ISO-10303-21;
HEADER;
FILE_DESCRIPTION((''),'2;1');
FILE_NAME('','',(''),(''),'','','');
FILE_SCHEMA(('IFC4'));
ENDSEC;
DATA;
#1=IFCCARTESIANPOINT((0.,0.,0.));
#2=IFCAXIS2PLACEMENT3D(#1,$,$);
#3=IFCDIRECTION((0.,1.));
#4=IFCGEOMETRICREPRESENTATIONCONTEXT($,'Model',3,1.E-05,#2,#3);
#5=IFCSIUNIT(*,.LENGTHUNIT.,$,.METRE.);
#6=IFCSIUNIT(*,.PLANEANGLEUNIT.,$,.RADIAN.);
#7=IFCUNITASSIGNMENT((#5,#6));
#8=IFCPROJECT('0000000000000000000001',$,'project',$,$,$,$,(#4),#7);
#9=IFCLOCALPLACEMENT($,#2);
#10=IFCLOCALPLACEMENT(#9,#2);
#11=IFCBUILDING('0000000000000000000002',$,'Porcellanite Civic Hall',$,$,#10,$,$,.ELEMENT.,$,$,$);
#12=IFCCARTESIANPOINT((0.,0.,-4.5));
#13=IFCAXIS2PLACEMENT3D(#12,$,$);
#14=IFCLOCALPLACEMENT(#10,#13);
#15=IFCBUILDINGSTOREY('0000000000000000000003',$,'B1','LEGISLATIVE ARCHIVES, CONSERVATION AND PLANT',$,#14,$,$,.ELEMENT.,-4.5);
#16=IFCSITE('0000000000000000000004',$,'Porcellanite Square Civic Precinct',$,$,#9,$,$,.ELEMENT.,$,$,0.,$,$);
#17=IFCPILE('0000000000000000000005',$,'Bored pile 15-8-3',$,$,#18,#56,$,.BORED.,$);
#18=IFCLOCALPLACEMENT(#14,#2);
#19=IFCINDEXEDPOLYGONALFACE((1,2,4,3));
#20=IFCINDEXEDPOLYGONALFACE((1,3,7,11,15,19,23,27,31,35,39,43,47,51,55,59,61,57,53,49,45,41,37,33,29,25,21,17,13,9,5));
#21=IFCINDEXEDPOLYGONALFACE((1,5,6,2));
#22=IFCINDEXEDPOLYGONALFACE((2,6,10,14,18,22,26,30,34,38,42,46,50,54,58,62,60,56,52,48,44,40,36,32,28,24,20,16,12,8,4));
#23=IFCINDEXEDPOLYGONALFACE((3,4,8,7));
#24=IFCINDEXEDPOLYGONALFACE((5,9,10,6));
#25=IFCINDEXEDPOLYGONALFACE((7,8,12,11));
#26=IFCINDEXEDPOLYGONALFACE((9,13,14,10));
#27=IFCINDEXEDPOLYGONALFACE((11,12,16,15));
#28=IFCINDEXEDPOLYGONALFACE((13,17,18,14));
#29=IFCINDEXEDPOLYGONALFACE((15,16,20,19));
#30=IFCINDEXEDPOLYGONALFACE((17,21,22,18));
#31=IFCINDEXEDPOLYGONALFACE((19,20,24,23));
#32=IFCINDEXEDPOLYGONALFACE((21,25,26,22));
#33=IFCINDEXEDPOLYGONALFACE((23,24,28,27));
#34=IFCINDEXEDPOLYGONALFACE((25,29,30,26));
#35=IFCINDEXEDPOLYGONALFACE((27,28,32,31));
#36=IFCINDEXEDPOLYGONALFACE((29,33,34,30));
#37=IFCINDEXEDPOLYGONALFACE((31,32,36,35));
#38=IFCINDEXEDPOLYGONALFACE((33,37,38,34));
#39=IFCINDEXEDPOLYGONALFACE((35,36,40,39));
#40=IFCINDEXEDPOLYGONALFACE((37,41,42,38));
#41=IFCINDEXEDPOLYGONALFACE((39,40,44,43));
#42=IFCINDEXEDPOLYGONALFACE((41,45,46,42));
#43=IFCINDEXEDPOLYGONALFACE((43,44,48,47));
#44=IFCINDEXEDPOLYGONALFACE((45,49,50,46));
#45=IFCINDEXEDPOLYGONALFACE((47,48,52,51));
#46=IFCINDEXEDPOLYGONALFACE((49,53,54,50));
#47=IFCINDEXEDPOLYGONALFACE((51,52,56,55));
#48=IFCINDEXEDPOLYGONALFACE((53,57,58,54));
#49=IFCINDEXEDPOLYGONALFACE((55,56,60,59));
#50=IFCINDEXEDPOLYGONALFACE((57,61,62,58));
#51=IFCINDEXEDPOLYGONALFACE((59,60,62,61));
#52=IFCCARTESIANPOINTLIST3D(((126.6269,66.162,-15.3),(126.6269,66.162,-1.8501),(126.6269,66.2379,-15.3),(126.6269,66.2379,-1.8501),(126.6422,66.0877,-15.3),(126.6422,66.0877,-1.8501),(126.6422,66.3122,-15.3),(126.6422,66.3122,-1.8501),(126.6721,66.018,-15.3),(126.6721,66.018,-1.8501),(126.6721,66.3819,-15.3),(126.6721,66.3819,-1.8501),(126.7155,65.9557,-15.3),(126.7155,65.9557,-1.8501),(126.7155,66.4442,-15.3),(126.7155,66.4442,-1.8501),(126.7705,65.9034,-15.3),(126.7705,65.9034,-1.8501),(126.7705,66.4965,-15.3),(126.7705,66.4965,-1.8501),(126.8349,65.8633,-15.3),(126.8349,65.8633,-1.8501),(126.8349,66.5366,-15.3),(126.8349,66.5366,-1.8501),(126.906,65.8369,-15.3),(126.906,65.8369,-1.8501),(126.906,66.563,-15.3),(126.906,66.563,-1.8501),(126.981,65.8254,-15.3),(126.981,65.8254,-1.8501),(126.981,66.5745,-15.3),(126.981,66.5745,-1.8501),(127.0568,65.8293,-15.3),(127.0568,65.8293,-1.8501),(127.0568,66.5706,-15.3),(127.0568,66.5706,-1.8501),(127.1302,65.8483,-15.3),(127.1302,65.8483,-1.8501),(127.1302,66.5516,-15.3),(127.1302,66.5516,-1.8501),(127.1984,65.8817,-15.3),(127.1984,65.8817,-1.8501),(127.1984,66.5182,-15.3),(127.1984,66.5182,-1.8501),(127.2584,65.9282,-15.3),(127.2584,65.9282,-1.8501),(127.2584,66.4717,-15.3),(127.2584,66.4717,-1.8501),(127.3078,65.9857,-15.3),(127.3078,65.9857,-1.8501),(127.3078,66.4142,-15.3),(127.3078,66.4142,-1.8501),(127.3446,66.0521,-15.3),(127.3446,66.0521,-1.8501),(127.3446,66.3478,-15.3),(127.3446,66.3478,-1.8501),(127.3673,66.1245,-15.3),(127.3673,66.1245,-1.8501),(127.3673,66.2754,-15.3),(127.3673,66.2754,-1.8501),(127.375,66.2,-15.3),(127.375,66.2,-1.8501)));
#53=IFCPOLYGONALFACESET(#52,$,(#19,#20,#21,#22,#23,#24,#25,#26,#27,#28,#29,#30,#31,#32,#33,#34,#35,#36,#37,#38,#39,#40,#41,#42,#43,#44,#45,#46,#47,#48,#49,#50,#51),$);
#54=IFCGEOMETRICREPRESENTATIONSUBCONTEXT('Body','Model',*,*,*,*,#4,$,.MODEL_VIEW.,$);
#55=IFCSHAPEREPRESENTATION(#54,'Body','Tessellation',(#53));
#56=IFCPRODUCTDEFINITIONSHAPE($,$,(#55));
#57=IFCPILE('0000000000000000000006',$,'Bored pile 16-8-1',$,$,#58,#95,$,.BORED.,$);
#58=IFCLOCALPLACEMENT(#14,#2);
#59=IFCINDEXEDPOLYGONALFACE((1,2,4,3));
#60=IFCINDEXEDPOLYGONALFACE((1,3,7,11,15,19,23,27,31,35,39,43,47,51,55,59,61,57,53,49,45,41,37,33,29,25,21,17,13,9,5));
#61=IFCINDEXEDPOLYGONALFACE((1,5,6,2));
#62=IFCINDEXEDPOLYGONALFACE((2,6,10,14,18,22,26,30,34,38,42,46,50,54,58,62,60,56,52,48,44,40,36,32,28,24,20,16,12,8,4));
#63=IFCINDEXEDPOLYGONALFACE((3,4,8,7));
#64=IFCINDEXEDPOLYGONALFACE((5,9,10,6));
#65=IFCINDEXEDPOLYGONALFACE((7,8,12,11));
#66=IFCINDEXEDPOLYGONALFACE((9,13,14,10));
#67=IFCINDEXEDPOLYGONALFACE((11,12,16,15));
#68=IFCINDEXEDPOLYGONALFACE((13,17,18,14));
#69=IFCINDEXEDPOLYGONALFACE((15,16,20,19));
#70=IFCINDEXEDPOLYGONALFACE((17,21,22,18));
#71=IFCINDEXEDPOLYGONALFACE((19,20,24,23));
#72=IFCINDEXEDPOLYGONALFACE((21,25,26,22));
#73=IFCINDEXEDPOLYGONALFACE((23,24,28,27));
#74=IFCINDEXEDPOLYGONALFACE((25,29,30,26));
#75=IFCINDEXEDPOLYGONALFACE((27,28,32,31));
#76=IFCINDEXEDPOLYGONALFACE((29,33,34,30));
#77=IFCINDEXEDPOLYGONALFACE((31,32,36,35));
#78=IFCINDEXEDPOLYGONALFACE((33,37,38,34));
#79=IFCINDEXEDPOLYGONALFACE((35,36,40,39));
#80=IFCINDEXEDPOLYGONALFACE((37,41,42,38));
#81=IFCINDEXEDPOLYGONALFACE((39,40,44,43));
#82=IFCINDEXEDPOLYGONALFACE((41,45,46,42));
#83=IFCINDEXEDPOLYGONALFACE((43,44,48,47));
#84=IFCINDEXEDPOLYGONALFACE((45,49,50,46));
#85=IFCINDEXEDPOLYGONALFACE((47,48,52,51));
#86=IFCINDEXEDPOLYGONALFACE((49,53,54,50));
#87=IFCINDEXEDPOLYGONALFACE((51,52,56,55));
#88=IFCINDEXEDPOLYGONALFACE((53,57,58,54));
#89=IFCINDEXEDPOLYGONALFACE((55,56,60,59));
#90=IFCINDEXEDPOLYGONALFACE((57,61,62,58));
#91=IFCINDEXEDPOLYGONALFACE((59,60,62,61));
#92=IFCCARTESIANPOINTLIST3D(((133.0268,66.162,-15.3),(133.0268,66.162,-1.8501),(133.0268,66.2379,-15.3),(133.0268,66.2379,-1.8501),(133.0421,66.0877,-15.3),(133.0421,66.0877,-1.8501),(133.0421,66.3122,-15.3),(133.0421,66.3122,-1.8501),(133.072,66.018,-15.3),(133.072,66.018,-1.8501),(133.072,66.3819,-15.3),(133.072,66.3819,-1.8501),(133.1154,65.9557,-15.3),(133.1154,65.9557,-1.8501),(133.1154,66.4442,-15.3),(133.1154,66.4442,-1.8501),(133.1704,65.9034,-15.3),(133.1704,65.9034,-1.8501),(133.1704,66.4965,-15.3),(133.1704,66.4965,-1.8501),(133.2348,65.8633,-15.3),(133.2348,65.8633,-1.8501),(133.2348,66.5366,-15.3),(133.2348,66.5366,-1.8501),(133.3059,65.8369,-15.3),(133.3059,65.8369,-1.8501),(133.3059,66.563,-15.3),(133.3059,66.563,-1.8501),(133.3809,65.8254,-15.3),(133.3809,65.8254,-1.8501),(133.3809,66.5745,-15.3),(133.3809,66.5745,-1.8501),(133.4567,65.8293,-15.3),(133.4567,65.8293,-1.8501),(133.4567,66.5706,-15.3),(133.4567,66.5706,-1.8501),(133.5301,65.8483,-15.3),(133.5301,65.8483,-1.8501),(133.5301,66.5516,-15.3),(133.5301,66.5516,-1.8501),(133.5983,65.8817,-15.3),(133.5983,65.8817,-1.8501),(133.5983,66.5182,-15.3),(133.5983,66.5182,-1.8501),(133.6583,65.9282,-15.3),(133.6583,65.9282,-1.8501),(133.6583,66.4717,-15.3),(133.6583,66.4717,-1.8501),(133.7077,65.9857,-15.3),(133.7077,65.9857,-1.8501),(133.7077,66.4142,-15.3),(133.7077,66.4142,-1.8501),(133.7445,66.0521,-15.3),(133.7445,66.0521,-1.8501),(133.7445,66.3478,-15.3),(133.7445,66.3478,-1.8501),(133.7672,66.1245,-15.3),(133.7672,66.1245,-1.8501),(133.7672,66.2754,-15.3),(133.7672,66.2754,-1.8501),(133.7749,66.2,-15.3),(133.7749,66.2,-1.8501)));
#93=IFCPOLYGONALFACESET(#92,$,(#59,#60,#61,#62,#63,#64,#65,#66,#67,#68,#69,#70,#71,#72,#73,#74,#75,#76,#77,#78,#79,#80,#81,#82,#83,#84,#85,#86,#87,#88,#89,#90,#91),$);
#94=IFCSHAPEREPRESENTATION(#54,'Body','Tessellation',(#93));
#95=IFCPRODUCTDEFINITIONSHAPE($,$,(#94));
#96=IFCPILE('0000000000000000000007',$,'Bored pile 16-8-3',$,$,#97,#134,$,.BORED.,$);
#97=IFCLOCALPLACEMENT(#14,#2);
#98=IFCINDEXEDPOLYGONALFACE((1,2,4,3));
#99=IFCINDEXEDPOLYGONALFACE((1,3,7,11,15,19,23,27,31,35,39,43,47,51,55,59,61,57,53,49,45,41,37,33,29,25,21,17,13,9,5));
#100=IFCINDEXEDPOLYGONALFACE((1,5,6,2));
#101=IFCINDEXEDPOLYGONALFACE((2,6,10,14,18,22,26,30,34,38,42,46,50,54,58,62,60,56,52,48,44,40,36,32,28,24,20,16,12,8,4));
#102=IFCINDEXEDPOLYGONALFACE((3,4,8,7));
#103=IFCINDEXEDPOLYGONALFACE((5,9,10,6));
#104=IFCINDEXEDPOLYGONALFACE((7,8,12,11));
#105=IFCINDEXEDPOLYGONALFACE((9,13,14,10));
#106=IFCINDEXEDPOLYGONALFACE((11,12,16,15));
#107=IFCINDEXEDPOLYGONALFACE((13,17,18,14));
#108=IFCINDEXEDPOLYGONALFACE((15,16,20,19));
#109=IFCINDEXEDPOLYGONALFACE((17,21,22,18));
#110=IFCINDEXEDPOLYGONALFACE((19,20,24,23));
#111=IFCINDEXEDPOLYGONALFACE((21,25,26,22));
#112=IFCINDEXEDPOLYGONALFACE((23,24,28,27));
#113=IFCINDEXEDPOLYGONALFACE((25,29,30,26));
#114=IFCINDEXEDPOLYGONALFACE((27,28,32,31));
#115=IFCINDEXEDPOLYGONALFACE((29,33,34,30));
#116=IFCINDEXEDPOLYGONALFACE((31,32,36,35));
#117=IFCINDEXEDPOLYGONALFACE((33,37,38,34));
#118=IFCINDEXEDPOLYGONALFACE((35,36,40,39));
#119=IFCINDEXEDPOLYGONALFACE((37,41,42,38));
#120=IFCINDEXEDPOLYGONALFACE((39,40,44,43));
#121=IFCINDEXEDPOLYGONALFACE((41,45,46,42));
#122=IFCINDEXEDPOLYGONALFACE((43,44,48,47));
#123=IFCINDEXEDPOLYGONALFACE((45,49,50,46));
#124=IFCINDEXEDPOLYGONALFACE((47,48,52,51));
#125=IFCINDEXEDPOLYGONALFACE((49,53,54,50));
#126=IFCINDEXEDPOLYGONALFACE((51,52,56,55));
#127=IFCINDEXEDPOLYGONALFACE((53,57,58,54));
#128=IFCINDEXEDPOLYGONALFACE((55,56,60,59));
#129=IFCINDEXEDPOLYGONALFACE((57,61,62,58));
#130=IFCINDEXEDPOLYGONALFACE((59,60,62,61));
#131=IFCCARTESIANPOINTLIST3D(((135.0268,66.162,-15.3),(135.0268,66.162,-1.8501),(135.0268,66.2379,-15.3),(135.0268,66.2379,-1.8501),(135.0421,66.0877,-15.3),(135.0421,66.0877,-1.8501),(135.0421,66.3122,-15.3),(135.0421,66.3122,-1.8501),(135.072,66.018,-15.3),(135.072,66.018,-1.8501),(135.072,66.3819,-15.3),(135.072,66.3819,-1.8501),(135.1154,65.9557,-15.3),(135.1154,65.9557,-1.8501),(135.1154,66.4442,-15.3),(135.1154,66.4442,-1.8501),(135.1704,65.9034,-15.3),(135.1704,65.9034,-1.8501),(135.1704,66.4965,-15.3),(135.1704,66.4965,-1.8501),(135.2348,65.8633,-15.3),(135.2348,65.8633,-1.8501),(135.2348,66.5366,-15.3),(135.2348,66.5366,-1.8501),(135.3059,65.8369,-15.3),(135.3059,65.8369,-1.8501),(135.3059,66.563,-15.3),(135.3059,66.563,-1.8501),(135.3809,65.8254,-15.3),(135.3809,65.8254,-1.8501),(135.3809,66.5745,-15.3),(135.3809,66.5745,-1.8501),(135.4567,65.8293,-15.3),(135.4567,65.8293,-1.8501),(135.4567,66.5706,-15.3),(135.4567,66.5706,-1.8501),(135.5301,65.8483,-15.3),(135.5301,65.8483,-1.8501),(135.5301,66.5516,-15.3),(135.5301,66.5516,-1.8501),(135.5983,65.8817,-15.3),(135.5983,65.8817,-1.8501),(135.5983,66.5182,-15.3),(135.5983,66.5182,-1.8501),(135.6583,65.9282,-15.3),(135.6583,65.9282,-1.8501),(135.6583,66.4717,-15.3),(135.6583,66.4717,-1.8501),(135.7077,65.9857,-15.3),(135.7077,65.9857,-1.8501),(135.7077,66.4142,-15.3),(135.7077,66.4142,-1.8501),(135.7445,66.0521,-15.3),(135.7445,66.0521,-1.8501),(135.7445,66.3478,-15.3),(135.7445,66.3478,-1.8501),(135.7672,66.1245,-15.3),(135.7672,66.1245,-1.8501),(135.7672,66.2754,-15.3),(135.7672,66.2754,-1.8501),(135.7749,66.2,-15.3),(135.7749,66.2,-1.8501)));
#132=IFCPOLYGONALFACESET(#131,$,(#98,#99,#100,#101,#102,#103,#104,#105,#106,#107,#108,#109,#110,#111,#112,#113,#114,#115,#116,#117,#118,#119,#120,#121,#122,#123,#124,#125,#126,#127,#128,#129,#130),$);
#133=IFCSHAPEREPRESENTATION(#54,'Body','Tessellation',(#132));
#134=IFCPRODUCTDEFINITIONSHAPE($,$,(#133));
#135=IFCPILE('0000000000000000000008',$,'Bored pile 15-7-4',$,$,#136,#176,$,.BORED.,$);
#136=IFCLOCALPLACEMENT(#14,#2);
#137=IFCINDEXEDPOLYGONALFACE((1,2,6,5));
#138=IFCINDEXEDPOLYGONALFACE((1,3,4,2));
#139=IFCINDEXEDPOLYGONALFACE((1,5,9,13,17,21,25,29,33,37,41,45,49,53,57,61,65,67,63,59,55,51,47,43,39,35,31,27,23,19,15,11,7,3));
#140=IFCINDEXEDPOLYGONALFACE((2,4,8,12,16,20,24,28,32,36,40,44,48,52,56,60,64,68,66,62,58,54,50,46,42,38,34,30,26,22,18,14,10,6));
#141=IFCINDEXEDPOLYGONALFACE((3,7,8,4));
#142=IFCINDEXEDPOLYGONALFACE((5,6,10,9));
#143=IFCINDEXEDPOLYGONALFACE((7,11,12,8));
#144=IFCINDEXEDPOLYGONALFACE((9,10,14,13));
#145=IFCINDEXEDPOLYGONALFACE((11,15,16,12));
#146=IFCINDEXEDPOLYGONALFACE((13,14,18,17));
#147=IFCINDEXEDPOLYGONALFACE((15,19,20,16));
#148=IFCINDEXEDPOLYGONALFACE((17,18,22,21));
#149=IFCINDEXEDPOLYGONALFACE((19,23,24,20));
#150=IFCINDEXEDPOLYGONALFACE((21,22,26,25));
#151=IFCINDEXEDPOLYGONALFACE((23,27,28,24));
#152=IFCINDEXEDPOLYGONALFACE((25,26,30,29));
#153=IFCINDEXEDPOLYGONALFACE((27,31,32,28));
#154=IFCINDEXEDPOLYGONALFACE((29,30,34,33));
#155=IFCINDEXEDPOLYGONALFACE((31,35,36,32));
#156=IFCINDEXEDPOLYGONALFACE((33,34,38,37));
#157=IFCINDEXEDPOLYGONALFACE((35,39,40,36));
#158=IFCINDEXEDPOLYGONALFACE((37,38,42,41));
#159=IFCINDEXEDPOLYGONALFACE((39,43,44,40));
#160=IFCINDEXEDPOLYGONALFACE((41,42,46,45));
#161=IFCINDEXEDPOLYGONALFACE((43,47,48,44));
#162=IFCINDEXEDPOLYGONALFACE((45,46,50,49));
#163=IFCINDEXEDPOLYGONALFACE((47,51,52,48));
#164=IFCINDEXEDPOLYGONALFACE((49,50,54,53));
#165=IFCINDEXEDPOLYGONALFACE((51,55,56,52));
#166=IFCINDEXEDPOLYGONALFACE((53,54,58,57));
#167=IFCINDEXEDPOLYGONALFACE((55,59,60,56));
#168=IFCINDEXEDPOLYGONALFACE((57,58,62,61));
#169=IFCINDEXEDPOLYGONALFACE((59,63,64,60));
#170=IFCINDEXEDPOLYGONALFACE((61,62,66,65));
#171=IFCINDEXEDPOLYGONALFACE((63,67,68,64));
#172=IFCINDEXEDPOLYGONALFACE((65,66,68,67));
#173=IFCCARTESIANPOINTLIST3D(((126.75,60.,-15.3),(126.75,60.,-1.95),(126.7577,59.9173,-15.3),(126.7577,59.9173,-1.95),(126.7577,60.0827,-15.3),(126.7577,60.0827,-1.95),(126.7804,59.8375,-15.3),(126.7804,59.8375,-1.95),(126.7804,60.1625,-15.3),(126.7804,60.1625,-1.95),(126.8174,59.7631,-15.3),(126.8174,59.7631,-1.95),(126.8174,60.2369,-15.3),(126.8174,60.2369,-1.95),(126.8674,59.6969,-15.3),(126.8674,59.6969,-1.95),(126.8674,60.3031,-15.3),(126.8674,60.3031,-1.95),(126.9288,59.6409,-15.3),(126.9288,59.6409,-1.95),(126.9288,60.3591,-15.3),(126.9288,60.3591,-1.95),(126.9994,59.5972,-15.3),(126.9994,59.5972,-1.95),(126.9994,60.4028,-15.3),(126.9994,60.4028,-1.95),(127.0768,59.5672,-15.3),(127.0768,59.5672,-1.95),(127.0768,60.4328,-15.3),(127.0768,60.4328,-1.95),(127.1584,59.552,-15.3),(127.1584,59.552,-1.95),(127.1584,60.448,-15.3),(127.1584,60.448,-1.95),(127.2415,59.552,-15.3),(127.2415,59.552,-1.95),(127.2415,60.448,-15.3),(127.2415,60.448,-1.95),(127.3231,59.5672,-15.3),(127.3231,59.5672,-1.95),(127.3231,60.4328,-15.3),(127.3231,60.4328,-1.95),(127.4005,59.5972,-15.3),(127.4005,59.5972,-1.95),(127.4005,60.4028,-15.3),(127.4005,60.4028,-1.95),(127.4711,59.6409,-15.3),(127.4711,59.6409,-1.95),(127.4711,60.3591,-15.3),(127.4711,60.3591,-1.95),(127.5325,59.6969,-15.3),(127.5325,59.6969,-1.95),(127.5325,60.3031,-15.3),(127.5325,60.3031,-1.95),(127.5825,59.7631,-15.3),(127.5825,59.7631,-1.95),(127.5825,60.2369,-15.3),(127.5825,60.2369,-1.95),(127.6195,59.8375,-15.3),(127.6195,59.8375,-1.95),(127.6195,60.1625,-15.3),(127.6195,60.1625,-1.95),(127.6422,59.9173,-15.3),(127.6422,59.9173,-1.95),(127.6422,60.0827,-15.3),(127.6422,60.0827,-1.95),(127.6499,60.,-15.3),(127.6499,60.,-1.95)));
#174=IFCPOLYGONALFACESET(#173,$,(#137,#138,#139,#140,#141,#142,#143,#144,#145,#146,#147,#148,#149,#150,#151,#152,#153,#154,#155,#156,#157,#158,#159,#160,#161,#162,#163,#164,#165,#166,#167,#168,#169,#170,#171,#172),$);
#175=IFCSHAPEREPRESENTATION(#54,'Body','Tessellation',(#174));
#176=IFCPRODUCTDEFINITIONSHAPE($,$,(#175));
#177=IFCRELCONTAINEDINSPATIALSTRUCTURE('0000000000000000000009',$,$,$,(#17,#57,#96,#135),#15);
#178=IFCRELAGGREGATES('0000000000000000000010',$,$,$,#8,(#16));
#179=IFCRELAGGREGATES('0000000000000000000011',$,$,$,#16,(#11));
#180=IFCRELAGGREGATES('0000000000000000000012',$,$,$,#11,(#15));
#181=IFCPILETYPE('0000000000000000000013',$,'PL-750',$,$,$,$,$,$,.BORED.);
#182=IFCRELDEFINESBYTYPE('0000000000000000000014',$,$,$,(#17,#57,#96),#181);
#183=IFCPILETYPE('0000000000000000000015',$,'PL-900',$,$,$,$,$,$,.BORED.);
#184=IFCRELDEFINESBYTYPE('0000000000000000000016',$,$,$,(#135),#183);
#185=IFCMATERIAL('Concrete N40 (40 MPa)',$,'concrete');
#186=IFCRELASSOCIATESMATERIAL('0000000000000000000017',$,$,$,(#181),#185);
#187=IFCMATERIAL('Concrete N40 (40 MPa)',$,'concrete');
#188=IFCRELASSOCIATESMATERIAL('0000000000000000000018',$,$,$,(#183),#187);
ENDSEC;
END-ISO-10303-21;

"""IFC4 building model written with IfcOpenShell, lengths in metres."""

from ifc_helpers import new_model, si_unit, direction, frame, origin, origin_2d, place, context, subcontext, project, spatial, circle, extrude, material, material_profile, profile_set, type_object, element, save


model = new_model("IFC4")

# Units and contexts
model_context = context("Model", 3, precision=1e-05, world=origin(), true_north=direction((0.0, 1.0)))
body_context = subcontext(model_context, "Body", "Model", "MODEL_VIEW")
ifc_project = project(units=[si_unit("LENGTHUNIT", "METRE"), si_unit("PLANEANGLEUNIT", "RADIAN")], contexts=[model_context])

# Site, building, storey
site_placement = place(None, origin())
site = spatial("IfcSite", under=ifc_project, at=site_placement, Name="Porcellanite Square Civic Precinct", CompositionType="ELEMENT", RefElevation=0.0)
building_placement = place(site_placement, origin())
building = spatial("IfcBuilding", under=site, at=building_placement, Name="Porcellanite Civic Hall", CompositionType="ELEMENT")
storey_placement = place(building_placement, frame((0.0, 0.0, -4.5)))
storey = spatial("IfcBuildingStorey", under=building, at=storey_placement, Name="B1", Description="LEGISLATIVE ARCHIVES, CONSERVATION AND PLANT", CompositionType="ELEMENT", Elevation=-4.5)

# Piles
ifc_material_1 = material(Name="Concrete N40 (40 MPa)", Category="concrete")
ifc_material_profile_1 = material_profile(ifc_material_1, circle(Radius=0.375, at=origin_2d()), Name="PILE-D750")
ifc_profile_set_1 = profile_set([ifc_material_profile_1], Name="Concrete N40 (40 MPa)")
pile_type_1 = type_object("IfcPileType", Name="PL-750", PredefinedType="BORED", material=ifc_profile_set_1)
for number, where, z_axis, x_axis, name in (
    (1, (127.0, 66.2, -1.8501), (0.0, 0.0, -1.0), (1.0, 0.0, 0.0), "Bored pile 15-8-3"),
    (2, (133.3999, 66.2, -1.8501), (0.0, 0.0, -1.0), (1.0, 0.0, 0.0), "Bored pile 16-8-1"),
    (3, (135.3999, 66.2, -1.8501), (0.0, 0.0, -1.0), (1.0, 0.0, 0.0), "Bored pile 16-8-3"),
):
    element("IfcPile", number, at=place(storey_placement, frame(where, z_axis=z_axis, x_axis=x_axis)), inside=storey, type_object=pile_type_1, Name=name, PredefinedType="BORED", context=body_context, shape_type="SweptSolid", body=[
        extrude(circle(Radius=0.375, at=origin_2d()), origin(), (0.0, 0.0, 1.0), 13.45),
    ])
ifc_material_2 = material(Name="Concrete N40 (40 MPa)", Category="concrete")
ifc_material_profile_2 = material_profile(ifc_material_2, circle(Radius=0.45, at=origin_2d()), Name="PILE-D900")
ifc_profile_set_2 = profile_set([ifc_material_profile_2], Name="Concrete N40 (40 MPa)")
pile_type_2 = type_object("IfcPileType", Name="PL-900", PredefinedType="BORED", material=ifc_profile_set_2)
for number, where, z_axis, x_axis, name in (
    (4, (127.2, 60.0, -1.95), (0.0, 0.0, -1.0), (1.0, 0.0, 0.0), "Bored pile 15-7-4"),
):
    element("IfcPile", number, at=place(storey_placement, frame(where, z_axis=z_axis, x_axis=x_axis)), inside=storey, type_object=pile_type_2, Name=name, PredefinedType="BORED", context=body_context, shape_type="SweptSolid", body=[
        extrude(circle(Radius=0.45, at=origin_2d()), origin(), (0.0, 0.0, 1.0), 13.3501),
    ])

save(model, "model.ifc")
